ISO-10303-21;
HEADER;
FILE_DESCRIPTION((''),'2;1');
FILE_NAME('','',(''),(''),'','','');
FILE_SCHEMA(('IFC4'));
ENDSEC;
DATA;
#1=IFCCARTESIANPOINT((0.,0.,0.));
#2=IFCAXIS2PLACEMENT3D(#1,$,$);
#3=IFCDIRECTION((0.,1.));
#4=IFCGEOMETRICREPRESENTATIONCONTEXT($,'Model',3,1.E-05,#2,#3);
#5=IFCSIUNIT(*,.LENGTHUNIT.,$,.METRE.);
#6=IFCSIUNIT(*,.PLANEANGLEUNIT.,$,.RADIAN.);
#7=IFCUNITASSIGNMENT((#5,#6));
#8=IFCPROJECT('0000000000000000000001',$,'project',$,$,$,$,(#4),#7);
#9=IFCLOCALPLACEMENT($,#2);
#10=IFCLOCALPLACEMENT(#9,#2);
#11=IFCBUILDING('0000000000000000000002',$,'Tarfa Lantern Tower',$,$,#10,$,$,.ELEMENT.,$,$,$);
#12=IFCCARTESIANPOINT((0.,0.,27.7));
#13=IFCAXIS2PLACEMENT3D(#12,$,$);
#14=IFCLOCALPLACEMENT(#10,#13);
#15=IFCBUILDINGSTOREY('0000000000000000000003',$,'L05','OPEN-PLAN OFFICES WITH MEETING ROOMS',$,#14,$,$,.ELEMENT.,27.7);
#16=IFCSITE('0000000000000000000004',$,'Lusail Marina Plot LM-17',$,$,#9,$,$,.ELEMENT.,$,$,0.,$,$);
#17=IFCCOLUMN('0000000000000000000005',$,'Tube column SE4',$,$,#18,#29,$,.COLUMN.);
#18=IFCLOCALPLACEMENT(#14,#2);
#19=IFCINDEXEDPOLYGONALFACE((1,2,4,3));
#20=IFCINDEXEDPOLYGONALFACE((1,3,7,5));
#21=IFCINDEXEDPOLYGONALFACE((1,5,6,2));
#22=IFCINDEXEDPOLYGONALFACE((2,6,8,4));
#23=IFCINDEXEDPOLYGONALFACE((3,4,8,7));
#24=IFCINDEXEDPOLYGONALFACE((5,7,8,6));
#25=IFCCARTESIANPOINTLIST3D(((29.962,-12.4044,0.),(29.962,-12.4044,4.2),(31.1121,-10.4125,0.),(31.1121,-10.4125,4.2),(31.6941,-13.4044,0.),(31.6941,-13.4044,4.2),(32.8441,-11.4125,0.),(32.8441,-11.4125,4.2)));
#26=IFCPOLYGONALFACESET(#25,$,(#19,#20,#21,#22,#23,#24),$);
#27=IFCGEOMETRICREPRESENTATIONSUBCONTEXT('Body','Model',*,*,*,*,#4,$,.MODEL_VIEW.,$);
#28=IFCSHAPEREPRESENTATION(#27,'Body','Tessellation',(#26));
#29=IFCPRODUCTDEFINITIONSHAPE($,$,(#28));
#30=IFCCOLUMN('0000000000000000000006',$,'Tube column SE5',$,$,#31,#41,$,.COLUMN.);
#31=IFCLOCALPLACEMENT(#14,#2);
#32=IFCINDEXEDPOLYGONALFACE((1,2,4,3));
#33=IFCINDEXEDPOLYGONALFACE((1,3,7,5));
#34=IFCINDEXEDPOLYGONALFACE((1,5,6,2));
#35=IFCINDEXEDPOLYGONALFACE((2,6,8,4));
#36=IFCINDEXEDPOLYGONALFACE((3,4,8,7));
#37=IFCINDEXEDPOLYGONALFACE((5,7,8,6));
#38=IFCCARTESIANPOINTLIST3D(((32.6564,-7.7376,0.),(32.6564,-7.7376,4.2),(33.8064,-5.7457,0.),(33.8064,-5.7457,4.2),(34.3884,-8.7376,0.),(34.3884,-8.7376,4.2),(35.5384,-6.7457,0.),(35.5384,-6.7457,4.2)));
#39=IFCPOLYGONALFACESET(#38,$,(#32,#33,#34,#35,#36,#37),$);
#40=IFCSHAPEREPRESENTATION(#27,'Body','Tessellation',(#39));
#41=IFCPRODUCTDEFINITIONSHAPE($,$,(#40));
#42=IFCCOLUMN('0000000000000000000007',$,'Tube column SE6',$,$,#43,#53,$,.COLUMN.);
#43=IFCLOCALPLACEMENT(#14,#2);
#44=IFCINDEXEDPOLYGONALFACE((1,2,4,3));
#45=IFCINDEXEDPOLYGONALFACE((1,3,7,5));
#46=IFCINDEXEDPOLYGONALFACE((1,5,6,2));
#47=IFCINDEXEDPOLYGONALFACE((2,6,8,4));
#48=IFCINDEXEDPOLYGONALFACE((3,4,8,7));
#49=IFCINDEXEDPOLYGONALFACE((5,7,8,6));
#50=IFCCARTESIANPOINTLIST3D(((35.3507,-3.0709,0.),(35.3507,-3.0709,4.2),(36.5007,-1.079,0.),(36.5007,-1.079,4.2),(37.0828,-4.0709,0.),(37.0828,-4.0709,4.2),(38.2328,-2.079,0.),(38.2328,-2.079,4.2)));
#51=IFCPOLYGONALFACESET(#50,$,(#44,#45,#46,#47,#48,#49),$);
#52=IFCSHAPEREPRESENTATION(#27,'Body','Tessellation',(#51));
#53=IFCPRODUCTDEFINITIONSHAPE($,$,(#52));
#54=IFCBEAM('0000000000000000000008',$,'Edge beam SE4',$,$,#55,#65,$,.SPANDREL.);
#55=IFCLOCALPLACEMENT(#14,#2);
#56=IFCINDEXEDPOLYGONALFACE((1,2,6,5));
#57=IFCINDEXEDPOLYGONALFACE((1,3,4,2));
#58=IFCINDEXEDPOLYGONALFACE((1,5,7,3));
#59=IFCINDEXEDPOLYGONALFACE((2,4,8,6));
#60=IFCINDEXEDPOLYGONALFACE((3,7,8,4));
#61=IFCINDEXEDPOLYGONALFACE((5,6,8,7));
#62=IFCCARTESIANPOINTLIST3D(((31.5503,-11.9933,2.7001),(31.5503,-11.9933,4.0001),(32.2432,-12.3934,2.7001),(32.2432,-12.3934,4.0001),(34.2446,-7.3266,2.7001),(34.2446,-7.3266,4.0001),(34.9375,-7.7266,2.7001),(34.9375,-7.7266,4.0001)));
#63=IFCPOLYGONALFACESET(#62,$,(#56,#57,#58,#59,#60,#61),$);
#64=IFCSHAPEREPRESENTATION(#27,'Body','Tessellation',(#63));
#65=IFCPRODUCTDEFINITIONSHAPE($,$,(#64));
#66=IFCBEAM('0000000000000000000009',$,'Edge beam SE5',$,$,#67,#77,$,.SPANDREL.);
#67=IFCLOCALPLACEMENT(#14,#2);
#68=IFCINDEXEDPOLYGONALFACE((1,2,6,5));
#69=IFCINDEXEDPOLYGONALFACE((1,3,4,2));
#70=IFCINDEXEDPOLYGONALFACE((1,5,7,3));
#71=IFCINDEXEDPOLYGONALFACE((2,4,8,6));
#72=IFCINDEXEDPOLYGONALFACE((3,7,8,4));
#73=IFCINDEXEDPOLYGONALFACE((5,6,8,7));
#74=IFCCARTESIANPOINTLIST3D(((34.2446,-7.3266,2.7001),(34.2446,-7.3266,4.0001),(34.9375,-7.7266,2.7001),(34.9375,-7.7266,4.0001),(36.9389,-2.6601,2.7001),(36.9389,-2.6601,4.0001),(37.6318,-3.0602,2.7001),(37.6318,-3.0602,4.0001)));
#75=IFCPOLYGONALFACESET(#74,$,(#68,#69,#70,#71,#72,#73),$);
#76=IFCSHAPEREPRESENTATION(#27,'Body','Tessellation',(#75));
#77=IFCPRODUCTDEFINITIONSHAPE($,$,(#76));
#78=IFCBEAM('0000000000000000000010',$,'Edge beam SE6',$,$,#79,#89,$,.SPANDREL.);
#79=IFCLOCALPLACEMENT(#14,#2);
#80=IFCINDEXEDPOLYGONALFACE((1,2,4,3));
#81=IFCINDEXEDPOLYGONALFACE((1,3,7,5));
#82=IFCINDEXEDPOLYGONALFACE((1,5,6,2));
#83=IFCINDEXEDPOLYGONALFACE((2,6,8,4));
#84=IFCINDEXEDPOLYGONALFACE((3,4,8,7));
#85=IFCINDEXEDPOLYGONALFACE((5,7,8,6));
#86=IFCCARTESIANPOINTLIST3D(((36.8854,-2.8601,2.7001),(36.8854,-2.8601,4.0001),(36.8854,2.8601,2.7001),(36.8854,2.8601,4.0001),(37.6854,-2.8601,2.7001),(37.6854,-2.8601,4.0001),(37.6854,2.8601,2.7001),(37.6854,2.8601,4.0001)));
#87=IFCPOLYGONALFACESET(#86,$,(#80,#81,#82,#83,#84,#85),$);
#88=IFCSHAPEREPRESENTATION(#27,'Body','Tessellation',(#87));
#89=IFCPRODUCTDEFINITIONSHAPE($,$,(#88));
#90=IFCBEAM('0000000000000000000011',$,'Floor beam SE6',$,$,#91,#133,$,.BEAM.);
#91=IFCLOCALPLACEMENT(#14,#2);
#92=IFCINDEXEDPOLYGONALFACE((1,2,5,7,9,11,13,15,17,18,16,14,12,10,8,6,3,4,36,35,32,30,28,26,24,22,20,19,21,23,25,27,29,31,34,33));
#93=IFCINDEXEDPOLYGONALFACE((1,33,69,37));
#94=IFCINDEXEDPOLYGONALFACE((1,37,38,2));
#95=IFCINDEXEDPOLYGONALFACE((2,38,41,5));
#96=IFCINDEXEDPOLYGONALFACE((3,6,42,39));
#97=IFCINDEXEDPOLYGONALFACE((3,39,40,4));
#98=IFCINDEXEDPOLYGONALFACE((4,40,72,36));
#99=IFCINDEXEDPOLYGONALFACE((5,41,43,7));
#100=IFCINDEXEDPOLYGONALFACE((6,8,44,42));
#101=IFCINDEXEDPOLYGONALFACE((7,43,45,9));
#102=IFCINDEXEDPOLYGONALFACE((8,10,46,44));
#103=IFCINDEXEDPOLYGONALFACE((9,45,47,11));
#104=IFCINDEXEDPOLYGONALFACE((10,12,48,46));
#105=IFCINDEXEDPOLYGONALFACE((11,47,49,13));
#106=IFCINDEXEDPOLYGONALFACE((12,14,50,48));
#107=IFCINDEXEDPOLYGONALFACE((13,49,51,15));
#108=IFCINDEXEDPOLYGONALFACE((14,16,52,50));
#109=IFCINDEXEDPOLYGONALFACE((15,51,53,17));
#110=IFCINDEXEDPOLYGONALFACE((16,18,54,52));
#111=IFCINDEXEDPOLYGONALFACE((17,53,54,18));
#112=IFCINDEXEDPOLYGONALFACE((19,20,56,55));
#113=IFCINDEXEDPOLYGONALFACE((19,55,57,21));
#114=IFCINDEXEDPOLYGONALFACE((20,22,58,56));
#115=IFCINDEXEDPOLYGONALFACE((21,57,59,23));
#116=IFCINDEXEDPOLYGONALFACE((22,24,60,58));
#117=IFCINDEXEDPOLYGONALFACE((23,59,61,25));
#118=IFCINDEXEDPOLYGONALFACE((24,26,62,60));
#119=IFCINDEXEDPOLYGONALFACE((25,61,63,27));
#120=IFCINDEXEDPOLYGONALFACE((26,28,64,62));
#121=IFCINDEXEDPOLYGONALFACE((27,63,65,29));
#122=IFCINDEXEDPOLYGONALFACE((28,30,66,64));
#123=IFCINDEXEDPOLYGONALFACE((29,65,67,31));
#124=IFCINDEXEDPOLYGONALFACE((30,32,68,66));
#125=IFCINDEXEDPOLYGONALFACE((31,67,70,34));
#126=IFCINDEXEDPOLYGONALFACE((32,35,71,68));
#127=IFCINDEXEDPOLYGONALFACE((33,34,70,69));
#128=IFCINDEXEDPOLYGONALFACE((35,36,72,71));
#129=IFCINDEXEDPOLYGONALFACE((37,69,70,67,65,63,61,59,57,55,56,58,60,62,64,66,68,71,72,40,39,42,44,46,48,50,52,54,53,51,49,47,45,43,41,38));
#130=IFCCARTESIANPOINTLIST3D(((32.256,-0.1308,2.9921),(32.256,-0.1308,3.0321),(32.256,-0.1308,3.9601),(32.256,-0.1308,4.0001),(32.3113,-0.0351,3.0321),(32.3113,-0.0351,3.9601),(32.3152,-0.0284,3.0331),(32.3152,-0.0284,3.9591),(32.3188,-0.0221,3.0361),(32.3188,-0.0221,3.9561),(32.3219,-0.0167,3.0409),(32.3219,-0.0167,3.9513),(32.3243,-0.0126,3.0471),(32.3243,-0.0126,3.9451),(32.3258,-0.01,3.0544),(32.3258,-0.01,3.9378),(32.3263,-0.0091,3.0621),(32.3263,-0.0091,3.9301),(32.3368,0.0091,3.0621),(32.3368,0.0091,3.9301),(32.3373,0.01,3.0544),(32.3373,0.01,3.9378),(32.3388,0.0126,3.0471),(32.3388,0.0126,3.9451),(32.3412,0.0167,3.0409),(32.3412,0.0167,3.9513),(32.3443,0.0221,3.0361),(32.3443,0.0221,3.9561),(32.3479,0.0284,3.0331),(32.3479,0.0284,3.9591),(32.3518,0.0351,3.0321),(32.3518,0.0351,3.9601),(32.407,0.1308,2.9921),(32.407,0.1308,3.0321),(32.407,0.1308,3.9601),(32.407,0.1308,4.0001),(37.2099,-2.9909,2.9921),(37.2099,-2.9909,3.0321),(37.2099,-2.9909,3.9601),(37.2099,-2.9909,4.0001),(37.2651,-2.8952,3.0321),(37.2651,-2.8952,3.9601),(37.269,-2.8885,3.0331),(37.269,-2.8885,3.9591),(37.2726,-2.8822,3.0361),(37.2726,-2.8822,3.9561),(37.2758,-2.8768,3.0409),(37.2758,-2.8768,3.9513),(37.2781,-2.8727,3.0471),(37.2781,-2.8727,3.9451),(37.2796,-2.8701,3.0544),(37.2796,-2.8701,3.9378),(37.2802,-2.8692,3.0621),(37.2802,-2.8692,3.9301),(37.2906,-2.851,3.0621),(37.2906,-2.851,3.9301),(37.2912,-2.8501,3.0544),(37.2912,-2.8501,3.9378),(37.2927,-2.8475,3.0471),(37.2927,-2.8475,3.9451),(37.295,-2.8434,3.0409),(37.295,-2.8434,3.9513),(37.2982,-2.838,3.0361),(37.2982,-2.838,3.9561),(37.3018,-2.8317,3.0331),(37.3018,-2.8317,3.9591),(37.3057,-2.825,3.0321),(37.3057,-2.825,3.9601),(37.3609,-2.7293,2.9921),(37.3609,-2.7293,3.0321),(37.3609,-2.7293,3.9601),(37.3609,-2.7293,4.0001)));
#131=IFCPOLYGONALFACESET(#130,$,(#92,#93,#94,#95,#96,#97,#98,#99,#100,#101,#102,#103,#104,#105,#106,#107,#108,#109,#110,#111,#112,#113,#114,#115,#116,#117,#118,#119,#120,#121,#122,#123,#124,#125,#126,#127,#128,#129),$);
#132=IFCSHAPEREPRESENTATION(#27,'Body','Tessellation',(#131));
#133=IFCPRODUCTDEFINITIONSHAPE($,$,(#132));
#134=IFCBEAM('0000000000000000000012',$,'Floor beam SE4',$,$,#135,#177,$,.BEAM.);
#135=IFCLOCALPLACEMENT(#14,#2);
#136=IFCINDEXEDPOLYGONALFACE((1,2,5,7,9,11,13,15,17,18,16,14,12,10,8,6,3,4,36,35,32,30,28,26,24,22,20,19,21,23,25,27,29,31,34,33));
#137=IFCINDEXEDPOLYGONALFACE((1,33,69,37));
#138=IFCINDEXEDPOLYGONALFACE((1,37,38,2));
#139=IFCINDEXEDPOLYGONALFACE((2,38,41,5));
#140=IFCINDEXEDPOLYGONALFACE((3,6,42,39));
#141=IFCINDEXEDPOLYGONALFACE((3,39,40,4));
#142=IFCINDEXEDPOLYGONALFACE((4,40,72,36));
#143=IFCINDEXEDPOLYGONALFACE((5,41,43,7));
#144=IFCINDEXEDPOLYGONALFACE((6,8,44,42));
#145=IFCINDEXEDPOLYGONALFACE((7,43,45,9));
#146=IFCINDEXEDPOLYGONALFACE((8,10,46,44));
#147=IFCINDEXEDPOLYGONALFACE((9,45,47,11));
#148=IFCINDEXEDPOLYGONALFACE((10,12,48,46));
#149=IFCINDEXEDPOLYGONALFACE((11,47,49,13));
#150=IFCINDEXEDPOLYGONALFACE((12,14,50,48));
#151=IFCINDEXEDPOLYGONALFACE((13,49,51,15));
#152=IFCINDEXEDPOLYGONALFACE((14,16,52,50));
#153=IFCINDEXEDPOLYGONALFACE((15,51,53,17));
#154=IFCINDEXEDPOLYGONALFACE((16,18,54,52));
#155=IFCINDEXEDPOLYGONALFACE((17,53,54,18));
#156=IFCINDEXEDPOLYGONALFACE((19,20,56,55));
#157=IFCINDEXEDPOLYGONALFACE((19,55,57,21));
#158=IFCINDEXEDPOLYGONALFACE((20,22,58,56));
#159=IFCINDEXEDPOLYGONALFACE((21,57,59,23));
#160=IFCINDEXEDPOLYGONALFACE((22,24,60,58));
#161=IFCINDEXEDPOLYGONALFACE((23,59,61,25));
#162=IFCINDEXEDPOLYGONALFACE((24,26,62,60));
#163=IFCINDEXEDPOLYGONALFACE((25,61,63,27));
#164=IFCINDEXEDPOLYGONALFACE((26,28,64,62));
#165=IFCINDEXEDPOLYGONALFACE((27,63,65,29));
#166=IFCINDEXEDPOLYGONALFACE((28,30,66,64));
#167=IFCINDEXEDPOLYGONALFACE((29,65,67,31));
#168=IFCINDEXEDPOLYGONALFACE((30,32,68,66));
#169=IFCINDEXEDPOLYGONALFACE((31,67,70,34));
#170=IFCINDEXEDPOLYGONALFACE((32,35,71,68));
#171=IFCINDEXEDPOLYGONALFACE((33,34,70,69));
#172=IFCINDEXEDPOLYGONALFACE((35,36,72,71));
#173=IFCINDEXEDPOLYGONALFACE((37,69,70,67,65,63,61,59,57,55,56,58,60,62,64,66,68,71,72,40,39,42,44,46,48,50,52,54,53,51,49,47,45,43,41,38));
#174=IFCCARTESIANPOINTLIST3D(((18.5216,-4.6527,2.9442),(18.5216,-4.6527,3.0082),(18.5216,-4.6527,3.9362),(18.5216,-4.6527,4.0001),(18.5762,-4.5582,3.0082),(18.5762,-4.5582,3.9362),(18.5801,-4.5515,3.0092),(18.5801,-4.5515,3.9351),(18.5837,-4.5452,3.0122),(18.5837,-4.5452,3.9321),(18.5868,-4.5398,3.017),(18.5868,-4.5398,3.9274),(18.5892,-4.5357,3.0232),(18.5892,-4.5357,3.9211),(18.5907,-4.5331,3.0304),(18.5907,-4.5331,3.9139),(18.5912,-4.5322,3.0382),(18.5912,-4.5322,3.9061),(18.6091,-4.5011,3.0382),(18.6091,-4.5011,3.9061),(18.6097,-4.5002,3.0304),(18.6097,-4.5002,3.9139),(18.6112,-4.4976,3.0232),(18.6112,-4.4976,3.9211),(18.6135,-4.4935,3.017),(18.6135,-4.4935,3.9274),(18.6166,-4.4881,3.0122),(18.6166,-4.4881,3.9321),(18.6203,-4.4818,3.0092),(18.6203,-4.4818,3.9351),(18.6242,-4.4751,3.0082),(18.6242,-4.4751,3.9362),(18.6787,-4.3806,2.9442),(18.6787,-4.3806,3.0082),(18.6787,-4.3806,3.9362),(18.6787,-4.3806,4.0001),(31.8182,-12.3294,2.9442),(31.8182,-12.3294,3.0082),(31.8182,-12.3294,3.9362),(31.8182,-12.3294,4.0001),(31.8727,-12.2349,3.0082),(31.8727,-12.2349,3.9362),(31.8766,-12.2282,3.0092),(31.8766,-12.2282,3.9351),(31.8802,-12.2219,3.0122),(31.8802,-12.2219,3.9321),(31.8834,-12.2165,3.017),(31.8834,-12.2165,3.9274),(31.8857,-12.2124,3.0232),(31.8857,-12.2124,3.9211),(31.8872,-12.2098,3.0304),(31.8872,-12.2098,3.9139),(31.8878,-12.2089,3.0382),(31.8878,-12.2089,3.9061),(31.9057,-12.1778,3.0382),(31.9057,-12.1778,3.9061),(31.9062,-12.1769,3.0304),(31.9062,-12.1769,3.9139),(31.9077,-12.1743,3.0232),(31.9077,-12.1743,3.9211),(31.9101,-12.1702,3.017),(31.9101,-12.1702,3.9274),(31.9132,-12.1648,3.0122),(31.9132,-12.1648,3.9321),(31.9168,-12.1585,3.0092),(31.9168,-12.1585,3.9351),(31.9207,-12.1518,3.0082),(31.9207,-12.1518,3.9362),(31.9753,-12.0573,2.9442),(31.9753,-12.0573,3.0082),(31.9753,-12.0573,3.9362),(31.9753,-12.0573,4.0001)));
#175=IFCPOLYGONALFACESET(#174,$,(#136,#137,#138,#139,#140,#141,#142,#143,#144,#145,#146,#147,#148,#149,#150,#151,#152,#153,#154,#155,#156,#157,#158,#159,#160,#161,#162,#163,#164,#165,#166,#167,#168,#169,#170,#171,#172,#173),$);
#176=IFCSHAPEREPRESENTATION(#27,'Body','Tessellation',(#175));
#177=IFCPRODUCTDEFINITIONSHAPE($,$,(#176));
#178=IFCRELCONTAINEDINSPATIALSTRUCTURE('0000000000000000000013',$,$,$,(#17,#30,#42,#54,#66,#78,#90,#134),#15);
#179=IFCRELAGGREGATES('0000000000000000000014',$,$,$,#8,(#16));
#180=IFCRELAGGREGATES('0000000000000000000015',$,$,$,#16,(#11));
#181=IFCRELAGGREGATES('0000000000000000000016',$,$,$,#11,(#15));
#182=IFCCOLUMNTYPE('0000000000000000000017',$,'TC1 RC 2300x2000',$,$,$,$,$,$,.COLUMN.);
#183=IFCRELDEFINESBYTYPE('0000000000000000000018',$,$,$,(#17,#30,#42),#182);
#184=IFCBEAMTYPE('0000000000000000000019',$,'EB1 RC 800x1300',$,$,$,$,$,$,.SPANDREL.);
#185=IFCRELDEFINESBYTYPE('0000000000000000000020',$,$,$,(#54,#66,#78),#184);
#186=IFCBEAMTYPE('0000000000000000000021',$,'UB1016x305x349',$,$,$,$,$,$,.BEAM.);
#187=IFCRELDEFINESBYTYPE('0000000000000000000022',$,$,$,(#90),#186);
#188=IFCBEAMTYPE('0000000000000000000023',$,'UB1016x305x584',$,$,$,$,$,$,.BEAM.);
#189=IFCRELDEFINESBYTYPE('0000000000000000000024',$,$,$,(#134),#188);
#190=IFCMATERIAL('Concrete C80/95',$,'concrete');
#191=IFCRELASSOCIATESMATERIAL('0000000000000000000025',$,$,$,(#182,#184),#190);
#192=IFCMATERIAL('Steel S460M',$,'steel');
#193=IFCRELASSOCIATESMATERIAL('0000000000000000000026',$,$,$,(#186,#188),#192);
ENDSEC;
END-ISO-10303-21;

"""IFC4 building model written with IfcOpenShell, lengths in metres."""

from ifc_helpers import new_model, si_unit, direction, frame, origin, origin_2d, place, context, subcontext, project, spatial, rectangle, i_section, extrude, material, material_profile, profile_set, type_object, element, save


model = new_model("IFC4")

# Units and contexts
model_context = context("Model", 3, precision=1e-05, world=origin(), true_north=direction((0.0, 1.0)))
body_context = subcontext(model_context, "Body", "Model", "MODEL_VIEW")
ifc_project = project(units=[si_unit("LENGTHUNIT", "METRE"), si_unit("PLANEANGLEUNIT", "RADIAN")], contexts=[model_context])

# Site, building, storey
site_placement = place(None, origin())
site = spatial("IfcSite", under=ifc_project, at=site_placement, Name="Lusail Marina Plot LM-17", CompositionType="ELEMENT", RefElevation=0.0)
building_placement = place(site_placement, origin())
building = spatial("IfcBuilding", under=site, at=building_placement, Name="Tarfa Lantern Tower", CompositionType="ELEMENT")
storey_placement = place(building_placement, frame((0.0, 0.0, 27.7)))
storey = spatial("IfcBuildingStorey", under=building, at=storey_placement, Name="L05", Description="OPEN-PLAN OFFICES WITH MEETING ROOMS", CompositionType="ELEMENT", Elevation=27.7)

# Columns
ifc_material_1 = material(Name="Concrete C80/95", Category="concrete")
ifc_material_profile_1 = material_profile(ifc_material_1, rectangle(XDim=2.3, YDim=2.0, at=origin_2d()), Name="RC 2300x2000")
ifc_profile_set_1 = profile_set([ifc_material_profile_1], Name="Concrete C80/95")
column_type = type_object("IfcColumnType", Name="TC1 RC 2300x2000", PredefinedType="COLUMN", material=ifc_profile_set_1)
for number, where, z_axis, x_axis, name in (
    (1, (31.4031, -11.9084, 0.0), (0.0, 0.0, 1.0), (0.5, 0.866025, 0.0), "Tube column SE4"),
    (2, (34.0974, -7.2417, 0.0), (0.0, 0.0, 1.0), (0.5, 0.866025, 0.0), "Tube column SE5"),
    (3, (36.7917, -2.575, 0.0), (0.0, 0.0, 1.0), (0.5, 0.866025, 0.0), "Tube column SE6"),
):
    element("IfcColumn", number, at=place(storey_placement, frame(where, z_axis=z_axis, x_axis=x_axis)), inside=storey, type_object=column_type, Name=name, PredefinedType="COLUMN", context=body_context, shape_type="SweptSolid", body=[
        extrude(rectangle(XDim=2.3, YDim=2.0, at=origin_2d()), origin(), (0.0, 0.0, 1.0), 4.2),
    ])

# Beams
ifc_material_profile_2 = material_profile(ifc_material_1, rectangle(XDim=0.8, YDim=1.3, at=origin_2d()), Name="RC 800x1300")
ifc_profile_set_2 = profile_set([ifc_material_profile_2], Name="Concrete C80/95")
beam_type_1 = type_object("IfcBeamType", Name="EB1 RC 800x1300", PredefinedType="SPANDREL", material=ifc_profile_set_2)
beam_1_placement = place(storey_placement, frame((31.8967, -12.1934, 3.3501), z_axis=(0.499998, 0.866026, 0.0), x_axis=(-0.866026, 0.499998, 0.0)))
element("IfcBeam", 4, at=beam_1_placement, inside=storey, type_object=beam_type_1, Name="Edge beam SE4", PredefinedType="SPANDREL", context=body_context, shape_type="SweptSolid", body=[
    extrude(rectangle(XDim=0.8, YDim=1.3, at=origin_2d()), origin(), (0.0, 0.0, 1.0), 5.3887),
])
beam_2_placement = place(storey_placement, frame((34.5911, -7.5266, 3.3501), z_axis=(0.500018, 0.866015, 0.0), x_axis=(-0.866015, 0.500018, 0.0)))
element("IfcBeam", 5, at=beam_2_placement, inside=storey, type_object=beam_type_1, Name="Edge beam SE5", PredefinedType="SPANDREL", context=body_context, shape_type="SweptSolid", body=[
    extrude(rectangle(XDim=0.8, YDim=1.3, at=origin_2d()), origin(), (0.0, 0.0, 1.0), 5.3884),
])
beam_3_placement = place(storey_placement, frame((37.2854, -2.8601, 3.3501), z_axis=(0.0, 1.0, 0.0), x_axis=(-1.0, 0.0, 0.0)))
element("IfcBeam", 6, at=beam_3_placement, inside=storey, type_object=beam_type_1, Name="Edge beam SE6", PredefinedType="SPANDREL", context=body_context, shape_type="SweptSolid", body=[
    extrude(rectangle(XDim=0.8, YDim=1.3, at=origin_2d()), origin(), (0.0, 0.0, 1.0), 5.7202),
])
ifc_material_2 = material(Name="Steel S460M", Category="steel")
ifc_material_profile_3 = material_profile(ifc_material_2, i_section(OverallWidth=0.302, OverallDepth=1.0081, WebThickness=0.021, FlangeThickness=0.04, FilletRadius=0.03, at=origin_2d()), Name="UB1016x305x349")
ifc_profile_set_3 = profile_set([ifc_material_profile_3], Name="Steel S460M")
beam_type_2 = type_object("IfcBeamType", Name="UB1016x305x349", PredefinedType="BEAM", material=ifc_profile_set_3)
beam_4_placement = place(storey_placement, frame((37.2854, -2.8601, 3.4961), z_axis=(-0.866026, 0.5, 0.0), x_axis=(-0.5, -0.866026, 0.0)))
element("IfcBeam", 7, at=beam_4_placement, inside=storey, type_object=beam_type_2, Name="Floor beam SE6", PredefinedType="BEAM", context=body_context, shape_type="SweptSolid", body=[
    extrude(i_section(OverallWidth=0.302, OverallDepth=1.0081, WebThickness=0.021, FlangeThickness=0.04, FilletRadius=0.03, at=origin_2d()), origin(), (0.0, 0.0, 1.0), 5.7202),
])
ifc_material_profile_4 = material_profile(ifc_material_2, i_section(OverallWidth=0.3142, OverallDepth=1.0559, WebThickness=0.0359, FlangeThickness=0.064, FilletRadius=0.03, at=origin_2d()), Name="UB1016x305x584")
ifc_profile_set_4 = profile_set([ifc_material_profile_4], Name="Steel S460M")
beam_type_3 = type_object("IfcBeamType", Name="UB1016x305x584", PredefinedType="BEAM", material=ifc_profile_set_4)
beam_5_placement = place(storey_placement, frame((31.8967, -12.1934, 3.4722), z_axis=(-0.866027, 0.499997, 0.0), x_axis=(-0.499997, -0.866027, 0.0)))
element("IfcBeam", 8, at=beam_5_placement, inside=storey, type_object=beam_type_3, Name="Floor beam SE4", PredefinedType="BEAM", context=body_context, shape_type="SweptSolid", body=[
    extrude(i_section(OverallWidth=0.3142, OverallDepth=1.0559, WebThickness=0.0359, FlangeThickness=0.064, FilletRadius=0.03, at=origin_2d()), origin(), (0.0, 0.0, 1.0), 15.3535),
])

save(model, "model.ifc")
